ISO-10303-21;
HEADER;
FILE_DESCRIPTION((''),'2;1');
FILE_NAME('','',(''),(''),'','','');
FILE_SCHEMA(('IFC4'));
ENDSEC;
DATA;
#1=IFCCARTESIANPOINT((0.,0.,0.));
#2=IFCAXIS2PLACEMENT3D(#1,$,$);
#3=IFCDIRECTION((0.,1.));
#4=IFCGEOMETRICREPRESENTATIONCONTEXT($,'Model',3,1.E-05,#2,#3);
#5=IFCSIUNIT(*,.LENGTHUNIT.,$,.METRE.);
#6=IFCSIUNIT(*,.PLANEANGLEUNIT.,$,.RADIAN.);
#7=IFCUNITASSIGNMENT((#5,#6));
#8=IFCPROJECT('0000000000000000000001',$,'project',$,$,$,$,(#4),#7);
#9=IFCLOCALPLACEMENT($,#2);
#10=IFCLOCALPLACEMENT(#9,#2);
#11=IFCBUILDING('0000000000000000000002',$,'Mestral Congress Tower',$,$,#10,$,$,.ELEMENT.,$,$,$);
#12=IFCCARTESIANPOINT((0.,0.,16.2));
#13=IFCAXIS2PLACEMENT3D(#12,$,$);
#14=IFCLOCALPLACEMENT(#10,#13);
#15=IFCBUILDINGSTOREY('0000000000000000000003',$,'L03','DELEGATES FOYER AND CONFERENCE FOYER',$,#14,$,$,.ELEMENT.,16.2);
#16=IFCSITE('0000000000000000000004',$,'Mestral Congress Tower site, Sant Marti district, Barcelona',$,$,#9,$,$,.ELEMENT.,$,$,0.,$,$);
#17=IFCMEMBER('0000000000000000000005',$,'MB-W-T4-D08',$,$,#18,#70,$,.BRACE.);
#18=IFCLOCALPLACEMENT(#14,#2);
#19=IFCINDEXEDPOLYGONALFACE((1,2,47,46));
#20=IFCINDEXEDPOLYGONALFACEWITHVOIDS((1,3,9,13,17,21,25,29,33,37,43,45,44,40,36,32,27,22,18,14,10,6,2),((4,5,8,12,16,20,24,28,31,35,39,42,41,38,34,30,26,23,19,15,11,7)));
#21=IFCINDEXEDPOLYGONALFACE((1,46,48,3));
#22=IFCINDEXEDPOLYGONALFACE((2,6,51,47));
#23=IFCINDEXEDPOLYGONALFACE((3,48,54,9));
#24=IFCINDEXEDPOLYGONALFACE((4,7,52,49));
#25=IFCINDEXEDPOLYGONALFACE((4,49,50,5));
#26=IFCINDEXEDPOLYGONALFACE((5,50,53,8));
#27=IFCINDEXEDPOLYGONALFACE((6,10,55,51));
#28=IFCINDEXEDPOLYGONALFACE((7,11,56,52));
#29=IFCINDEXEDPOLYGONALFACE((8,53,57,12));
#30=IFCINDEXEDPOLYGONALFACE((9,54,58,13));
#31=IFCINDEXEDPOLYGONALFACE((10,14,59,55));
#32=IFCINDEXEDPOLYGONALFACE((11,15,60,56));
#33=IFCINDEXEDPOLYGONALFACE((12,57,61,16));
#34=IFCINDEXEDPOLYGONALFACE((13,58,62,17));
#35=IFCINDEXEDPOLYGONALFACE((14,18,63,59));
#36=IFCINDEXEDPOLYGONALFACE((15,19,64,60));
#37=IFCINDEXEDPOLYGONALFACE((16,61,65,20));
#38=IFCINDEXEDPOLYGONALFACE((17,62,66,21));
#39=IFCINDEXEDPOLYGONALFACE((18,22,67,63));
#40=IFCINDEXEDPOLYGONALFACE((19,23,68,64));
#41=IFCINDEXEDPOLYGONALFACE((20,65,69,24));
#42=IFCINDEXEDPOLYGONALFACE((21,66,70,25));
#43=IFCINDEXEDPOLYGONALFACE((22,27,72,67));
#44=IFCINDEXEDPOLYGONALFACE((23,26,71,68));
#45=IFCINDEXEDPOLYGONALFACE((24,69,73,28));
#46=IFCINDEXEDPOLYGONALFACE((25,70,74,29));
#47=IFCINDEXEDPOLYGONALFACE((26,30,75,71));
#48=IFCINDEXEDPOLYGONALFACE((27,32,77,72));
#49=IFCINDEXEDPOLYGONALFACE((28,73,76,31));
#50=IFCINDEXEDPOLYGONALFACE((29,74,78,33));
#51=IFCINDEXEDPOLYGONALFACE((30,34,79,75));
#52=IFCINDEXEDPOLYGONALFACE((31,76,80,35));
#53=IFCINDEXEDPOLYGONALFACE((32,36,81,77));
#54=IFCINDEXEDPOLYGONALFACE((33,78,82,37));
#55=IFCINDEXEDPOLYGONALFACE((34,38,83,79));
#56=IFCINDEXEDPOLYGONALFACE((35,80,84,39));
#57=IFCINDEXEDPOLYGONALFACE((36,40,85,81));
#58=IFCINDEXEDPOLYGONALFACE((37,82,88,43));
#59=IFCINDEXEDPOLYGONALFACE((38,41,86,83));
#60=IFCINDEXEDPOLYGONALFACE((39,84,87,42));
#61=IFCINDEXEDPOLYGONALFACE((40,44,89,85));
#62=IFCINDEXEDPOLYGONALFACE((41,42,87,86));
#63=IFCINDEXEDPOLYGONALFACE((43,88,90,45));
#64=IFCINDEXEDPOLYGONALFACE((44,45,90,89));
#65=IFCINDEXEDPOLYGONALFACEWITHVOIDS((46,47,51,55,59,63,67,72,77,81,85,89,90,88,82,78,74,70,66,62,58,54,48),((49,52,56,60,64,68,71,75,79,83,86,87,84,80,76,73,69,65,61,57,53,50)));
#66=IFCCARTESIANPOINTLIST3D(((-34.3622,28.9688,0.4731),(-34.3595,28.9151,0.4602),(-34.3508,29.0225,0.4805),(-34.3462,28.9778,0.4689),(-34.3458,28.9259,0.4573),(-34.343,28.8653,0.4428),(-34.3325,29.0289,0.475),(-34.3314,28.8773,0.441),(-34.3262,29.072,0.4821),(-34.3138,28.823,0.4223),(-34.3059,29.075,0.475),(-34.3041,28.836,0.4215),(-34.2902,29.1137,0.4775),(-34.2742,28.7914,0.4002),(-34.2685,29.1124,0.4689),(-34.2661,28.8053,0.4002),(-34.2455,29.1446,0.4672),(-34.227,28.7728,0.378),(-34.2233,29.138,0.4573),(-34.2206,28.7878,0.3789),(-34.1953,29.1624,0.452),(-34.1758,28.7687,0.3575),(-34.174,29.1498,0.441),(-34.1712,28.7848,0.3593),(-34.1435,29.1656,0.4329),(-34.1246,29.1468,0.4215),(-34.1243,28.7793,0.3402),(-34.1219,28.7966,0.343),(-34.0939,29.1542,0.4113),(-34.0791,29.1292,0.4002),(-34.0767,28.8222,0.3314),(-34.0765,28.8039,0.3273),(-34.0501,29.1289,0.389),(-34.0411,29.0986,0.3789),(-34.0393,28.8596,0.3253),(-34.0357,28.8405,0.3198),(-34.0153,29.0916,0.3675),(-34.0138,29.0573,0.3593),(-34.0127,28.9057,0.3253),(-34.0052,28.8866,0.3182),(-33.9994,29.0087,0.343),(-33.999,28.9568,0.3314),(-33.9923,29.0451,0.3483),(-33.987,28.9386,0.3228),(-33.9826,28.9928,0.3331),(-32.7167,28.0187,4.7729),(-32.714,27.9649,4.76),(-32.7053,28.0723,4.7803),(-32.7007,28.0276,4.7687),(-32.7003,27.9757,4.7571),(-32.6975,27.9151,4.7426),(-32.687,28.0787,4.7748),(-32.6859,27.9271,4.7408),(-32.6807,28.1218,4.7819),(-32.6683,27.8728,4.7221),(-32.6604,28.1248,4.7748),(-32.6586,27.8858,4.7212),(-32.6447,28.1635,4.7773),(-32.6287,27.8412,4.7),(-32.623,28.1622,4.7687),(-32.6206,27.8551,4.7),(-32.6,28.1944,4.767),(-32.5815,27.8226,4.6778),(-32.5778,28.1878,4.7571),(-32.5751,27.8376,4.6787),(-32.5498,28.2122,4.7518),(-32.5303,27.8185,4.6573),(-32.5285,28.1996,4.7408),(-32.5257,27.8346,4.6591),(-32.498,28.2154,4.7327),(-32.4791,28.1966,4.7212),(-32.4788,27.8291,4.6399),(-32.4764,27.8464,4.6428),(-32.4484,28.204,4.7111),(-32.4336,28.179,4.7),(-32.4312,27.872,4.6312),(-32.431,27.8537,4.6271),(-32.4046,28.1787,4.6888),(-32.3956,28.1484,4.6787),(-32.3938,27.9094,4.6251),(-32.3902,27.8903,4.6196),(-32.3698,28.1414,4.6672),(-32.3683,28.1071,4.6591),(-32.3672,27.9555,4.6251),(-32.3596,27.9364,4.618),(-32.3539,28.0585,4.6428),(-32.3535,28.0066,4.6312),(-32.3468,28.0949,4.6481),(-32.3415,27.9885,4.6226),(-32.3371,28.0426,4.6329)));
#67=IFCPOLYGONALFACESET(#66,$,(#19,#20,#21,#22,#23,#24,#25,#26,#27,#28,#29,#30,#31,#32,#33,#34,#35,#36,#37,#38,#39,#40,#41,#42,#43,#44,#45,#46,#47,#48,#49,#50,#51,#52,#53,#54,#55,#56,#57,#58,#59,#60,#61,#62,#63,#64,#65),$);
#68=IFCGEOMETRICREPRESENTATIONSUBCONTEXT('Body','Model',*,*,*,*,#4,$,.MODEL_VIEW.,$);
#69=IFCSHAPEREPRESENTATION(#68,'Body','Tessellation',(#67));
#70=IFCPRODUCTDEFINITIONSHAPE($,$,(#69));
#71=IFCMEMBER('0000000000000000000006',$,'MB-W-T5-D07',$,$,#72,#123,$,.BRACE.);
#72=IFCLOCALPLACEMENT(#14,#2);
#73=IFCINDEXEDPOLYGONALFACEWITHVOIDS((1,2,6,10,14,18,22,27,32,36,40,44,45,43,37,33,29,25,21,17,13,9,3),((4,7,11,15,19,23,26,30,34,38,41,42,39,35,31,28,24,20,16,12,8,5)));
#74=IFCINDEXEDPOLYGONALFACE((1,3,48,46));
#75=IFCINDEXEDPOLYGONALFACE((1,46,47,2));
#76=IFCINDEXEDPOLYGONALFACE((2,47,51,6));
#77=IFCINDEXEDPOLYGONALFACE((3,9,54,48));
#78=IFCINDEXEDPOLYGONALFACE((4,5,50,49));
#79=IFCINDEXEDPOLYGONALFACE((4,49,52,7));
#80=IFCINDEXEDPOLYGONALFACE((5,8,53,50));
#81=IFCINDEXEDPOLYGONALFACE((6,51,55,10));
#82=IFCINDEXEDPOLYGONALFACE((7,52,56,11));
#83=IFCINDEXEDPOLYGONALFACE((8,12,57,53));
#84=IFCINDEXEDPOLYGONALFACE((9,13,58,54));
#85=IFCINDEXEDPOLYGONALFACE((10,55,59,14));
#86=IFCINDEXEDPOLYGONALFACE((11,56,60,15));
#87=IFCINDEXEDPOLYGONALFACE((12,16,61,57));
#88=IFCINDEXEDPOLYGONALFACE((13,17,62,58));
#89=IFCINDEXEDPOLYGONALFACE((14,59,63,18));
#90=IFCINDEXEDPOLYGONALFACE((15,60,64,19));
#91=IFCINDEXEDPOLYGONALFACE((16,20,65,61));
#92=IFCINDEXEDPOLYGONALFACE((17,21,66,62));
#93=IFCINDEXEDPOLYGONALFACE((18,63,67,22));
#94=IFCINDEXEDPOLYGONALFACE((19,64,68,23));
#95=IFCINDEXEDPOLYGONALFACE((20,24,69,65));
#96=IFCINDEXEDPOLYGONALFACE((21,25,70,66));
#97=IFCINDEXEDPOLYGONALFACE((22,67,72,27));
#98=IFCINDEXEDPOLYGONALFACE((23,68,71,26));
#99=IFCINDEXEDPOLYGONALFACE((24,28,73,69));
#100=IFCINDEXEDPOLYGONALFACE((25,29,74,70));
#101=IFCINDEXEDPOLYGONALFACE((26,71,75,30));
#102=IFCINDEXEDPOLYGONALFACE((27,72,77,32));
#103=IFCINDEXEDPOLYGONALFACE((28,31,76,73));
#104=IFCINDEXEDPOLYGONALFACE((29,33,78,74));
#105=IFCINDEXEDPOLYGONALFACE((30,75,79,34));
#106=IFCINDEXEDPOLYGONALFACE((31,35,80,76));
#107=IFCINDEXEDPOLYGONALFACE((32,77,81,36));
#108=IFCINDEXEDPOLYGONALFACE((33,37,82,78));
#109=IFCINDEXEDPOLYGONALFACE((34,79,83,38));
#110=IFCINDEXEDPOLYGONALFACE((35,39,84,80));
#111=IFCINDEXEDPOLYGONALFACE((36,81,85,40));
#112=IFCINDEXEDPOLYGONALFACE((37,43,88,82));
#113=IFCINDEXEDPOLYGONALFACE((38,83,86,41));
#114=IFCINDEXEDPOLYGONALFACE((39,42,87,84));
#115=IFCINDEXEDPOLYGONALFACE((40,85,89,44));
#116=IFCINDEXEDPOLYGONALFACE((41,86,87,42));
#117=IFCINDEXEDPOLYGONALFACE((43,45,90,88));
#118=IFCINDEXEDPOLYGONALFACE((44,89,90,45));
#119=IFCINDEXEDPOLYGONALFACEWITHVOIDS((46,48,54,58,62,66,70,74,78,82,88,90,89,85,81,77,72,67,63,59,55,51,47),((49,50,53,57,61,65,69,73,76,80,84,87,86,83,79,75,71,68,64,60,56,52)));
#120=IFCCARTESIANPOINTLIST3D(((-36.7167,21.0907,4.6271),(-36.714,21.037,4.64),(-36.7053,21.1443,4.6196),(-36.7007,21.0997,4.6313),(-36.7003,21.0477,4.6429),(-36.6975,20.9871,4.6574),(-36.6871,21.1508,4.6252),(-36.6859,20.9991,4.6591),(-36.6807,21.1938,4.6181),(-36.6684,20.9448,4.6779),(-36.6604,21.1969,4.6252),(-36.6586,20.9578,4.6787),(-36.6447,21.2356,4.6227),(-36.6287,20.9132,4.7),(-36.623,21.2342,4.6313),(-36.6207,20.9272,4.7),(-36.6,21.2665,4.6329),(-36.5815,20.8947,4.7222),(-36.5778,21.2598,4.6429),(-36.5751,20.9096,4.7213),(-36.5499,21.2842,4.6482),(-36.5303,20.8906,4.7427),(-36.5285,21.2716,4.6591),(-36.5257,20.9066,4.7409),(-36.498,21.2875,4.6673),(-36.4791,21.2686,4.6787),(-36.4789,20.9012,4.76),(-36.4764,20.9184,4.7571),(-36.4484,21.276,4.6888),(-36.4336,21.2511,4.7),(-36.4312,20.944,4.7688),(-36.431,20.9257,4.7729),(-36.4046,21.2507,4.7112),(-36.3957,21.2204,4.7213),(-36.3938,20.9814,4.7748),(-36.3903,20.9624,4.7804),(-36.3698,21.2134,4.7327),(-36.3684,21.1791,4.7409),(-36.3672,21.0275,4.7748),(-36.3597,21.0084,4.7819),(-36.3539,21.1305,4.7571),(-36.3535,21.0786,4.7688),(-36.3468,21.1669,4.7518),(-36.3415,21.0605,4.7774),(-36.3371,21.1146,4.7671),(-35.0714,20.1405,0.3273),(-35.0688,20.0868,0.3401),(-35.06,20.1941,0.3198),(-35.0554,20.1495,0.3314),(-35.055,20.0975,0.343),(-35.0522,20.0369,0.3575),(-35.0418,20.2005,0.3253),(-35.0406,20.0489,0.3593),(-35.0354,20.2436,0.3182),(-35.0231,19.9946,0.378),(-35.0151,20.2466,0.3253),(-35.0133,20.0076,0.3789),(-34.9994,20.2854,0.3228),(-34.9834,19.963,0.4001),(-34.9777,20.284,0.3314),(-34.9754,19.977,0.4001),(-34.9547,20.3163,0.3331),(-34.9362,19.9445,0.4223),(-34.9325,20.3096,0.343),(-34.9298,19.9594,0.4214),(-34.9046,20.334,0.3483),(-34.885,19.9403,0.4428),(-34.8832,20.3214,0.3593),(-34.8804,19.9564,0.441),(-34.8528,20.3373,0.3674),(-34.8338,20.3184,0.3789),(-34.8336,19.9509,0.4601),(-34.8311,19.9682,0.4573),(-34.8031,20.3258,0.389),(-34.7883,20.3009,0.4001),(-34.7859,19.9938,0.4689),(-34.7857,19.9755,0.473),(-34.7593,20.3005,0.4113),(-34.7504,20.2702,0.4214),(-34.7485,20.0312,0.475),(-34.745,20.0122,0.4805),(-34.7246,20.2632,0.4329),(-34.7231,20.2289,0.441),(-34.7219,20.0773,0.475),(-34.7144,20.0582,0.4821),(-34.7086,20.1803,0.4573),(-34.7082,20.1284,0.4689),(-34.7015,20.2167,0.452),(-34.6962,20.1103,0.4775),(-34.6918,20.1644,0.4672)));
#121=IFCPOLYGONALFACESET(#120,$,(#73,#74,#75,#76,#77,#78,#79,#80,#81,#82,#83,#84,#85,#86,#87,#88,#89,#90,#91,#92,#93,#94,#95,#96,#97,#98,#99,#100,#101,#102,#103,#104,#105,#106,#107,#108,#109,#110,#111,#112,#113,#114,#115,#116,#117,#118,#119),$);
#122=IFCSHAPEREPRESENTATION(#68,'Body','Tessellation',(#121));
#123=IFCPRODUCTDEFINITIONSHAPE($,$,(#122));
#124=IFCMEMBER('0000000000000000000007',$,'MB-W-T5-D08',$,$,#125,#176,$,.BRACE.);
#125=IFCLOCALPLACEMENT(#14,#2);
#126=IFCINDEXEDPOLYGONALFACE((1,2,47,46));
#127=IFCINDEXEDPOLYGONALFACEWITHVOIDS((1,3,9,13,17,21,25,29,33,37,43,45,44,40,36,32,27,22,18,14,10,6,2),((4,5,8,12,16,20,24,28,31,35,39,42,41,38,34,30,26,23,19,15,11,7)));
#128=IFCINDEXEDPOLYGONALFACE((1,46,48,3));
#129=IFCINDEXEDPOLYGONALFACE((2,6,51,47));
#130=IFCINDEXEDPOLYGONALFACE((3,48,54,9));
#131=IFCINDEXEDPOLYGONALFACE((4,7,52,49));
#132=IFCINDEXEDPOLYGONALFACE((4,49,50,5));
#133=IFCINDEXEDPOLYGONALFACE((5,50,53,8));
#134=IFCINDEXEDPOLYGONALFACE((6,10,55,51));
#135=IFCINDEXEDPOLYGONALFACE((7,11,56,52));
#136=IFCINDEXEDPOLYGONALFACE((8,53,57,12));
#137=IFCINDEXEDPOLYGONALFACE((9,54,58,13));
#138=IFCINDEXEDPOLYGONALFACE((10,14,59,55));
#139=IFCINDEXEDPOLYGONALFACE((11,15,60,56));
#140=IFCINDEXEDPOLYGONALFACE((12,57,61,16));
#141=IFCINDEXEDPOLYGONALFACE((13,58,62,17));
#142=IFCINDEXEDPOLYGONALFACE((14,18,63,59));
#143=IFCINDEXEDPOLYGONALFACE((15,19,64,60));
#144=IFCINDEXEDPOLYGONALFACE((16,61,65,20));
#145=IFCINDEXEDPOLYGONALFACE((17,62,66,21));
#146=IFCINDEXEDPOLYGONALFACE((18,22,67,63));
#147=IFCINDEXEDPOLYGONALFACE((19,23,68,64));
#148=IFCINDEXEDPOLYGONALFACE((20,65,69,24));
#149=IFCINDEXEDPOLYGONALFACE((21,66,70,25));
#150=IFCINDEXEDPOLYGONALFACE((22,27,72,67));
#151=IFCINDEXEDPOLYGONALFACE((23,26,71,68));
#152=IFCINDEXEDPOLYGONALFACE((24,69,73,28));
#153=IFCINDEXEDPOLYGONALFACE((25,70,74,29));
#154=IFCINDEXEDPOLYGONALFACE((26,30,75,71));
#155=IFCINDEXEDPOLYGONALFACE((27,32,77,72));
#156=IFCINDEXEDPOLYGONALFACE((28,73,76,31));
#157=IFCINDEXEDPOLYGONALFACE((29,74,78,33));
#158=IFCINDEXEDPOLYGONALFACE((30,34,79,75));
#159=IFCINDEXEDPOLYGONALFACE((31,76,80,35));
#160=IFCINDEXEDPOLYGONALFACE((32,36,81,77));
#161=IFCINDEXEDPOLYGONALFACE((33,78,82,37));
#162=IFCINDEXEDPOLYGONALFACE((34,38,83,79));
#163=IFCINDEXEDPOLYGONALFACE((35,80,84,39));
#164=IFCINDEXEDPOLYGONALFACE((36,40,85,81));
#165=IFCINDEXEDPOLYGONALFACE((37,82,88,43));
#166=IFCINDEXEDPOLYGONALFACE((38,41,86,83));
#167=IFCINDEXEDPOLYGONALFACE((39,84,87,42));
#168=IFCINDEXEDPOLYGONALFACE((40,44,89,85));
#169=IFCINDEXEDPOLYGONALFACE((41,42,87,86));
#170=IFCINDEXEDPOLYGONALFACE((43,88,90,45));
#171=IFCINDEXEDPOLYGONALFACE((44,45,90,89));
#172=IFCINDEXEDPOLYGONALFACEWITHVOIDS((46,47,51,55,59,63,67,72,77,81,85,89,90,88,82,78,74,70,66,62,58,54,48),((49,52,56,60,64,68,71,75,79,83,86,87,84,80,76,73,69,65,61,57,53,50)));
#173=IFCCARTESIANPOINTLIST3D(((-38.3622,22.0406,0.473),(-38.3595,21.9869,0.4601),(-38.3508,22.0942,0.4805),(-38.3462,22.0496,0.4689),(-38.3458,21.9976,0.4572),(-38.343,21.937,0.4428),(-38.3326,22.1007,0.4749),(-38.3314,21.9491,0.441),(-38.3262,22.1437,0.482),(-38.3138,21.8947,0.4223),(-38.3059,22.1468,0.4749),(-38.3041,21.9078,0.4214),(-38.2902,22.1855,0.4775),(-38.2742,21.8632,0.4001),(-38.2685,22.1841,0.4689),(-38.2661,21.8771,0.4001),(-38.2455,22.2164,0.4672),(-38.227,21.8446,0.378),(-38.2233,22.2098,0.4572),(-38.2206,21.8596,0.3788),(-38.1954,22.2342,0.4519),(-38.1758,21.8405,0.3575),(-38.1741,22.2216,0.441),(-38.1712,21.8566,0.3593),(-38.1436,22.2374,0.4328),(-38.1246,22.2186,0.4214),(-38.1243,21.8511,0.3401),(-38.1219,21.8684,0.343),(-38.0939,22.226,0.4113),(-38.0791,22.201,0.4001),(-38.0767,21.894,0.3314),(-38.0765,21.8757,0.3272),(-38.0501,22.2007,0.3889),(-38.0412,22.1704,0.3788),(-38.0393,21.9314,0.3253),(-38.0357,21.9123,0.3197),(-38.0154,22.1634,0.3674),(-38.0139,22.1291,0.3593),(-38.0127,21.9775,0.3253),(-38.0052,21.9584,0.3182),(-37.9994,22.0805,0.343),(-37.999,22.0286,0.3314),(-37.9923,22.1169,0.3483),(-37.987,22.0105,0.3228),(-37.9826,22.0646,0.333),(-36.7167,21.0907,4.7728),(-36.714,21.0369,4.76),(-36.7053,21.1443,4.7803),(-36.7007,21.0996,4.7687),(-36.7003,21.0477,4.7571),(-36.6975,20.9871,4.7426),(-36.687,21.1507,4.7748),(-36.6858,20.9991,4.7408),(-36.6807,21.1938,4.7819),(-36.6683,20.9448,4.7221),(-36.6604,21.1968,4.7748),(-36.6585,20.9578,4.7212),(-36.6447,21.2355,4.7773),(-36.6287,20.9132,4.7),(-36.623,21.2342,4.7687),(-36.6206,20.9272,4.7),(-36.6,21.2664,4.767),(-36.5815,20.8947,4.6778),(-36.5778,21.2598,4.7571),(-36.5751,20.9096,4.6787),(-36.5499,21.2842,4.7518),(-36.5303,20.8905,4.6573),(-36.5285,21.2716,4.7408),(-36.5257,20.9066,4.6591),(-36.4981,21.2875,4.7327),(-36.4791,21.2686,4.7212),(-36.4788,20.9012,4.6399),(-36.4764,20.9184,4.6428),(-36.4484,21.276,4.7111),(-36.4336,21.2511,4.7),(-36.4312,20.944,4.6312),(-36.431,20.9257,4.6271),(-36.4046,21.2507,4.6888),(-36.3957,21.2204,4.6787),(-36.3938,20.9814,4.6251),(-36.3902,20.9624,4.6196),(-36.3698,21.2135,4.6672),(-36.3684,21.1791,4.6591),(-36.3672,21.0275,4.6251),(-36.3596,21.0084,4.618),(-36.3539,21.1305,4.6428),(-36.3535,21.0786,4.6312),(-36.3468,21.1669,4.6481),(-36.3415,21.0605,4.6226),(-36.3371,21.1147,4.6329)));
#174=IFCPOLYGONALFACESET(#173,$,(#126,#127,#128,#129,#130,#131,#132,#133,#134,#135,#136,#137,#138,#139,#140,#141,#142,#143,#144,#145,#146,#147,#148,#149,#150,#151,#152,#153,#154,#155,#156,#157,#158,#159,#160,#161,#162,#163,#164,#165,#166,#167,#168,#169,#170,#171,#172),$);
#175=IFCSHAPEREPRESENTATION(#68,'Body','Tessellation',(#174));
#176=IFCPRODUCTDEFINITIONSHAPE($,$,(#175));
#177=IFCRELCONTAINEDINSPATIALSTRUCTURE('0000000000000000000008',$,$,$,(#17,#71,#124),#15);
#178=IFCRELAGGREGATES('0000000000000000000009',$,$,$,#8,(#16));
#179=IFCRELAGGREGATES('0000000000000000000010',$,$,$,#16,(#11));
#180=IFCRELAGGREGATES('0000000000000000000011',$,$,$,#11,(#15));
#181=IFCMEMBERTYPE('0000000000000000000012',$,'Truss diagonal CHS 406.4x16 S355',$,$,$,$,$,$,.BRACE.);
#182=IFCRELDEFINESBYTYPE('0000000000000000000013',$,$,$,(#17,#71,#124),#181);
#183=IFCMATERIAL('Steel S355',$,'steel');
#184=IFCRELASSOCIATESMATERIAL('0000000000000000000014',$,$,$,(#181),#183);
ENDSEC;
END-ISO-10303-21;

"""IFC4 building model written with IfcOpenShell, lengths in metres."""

from ifc_helpers import new_model, si_unit, direction, frame, origin, origin_2d, place, context, subcontext, project, spatial, hollow_circle, extrude, material, material_profile, profile_set, type_object, element, save


model = new_model("IFC4")

# Units and contexts
model_context = context("Model", 3, precision=1e-05, world=origin(), true_north=direction((0.0, 1.0)))
body_context = subcontext(model_context, "Body", "Model", "MODEL_VIEW")
ifc_project = project(units=[si_unit("LENGTHUNIT", "METRE"), si_unit("PLANEANGLEUNIT", "RADIAN")], contexts=[model_context])

# Site, building, storey
site_placement = place(None, origin())
site = spatial("IfcSite", under=ifc_project, at=site_placement, Name="Mestral Congress Tower site, Sant Marti district, Barcelona", CompositionType="ELEMENT", RefElevation=0.0)
building_placement = place(site_placement, origin())
building = spatial("IfcBuilding", under=site, at=building_placement, Name="Mestral Congress Tower", CompositionType="ELEMENT")
storey_placement = place(building_placement, frame((0.0, 0.0, 16.2)))
storey = spatial("IfcBuildingStorey", under=building, at=storey_placement, Name="L03", Description="DELEGATES FOYER AND CONFERENCE FOYER", CompositionType="ELEMENT", Elevation=16.2)

# Members
ifc_material = material(Name="Steel S355", Category="steel")
ifc_material_profile_1 = material_profile(ifc_material, hollow_circle(Radius=0.2031, WallThickness=0.0161, at=origin_2d()), Name="CHS 406.4x16")
ifc_profile_set_1 = profile_set([ifc_material_profile_1], Name="Steel S355")
member_type_1 = type_object("IfcMemberType", Name="Truss diagonal CHS 406.4x16 S355", PredefinedType="BRACE", material=ifc_profile_set_1)
for number, where, z_axis, x_axis, name in (
    (1, (-32.5271, 28.0171, 4.7), (-0.350038, 0.202129, -0.914668), (-0.500064, -0.865989, 0.0), "MB-W-T4-D08"),
    (2, (-34.8818, 20.1389, 0.4001), (-0.349992, 0.202132, 0.914685), (-0.500119, -0.865957, 0.0), "MB-W-T5-D07"),
    (3, (-36.5271, 21.0891, 4.7), (-0.350041, 0.202079, -0.914678), (-0.499967, -0.866044, 0.0), "MB-W-T5-D08"),
):
    element("IfcMember", number, at=place(storey_placement, frame(where, z_axis=z_axis, x_axis=x_axis)), inside=storey, type_object=member_type_1, Name=name, PredefinedType="BRACE", context=body_context, shape_type="SweptSolid", body=[
        extrude(hollow_circle(Radius=0.2031, WallThickness=0.0161, at=origin_2d()), origin(), (0.0, 0.0, 1.0), 4.7009),
    ])

save(model, "model.ifc")
